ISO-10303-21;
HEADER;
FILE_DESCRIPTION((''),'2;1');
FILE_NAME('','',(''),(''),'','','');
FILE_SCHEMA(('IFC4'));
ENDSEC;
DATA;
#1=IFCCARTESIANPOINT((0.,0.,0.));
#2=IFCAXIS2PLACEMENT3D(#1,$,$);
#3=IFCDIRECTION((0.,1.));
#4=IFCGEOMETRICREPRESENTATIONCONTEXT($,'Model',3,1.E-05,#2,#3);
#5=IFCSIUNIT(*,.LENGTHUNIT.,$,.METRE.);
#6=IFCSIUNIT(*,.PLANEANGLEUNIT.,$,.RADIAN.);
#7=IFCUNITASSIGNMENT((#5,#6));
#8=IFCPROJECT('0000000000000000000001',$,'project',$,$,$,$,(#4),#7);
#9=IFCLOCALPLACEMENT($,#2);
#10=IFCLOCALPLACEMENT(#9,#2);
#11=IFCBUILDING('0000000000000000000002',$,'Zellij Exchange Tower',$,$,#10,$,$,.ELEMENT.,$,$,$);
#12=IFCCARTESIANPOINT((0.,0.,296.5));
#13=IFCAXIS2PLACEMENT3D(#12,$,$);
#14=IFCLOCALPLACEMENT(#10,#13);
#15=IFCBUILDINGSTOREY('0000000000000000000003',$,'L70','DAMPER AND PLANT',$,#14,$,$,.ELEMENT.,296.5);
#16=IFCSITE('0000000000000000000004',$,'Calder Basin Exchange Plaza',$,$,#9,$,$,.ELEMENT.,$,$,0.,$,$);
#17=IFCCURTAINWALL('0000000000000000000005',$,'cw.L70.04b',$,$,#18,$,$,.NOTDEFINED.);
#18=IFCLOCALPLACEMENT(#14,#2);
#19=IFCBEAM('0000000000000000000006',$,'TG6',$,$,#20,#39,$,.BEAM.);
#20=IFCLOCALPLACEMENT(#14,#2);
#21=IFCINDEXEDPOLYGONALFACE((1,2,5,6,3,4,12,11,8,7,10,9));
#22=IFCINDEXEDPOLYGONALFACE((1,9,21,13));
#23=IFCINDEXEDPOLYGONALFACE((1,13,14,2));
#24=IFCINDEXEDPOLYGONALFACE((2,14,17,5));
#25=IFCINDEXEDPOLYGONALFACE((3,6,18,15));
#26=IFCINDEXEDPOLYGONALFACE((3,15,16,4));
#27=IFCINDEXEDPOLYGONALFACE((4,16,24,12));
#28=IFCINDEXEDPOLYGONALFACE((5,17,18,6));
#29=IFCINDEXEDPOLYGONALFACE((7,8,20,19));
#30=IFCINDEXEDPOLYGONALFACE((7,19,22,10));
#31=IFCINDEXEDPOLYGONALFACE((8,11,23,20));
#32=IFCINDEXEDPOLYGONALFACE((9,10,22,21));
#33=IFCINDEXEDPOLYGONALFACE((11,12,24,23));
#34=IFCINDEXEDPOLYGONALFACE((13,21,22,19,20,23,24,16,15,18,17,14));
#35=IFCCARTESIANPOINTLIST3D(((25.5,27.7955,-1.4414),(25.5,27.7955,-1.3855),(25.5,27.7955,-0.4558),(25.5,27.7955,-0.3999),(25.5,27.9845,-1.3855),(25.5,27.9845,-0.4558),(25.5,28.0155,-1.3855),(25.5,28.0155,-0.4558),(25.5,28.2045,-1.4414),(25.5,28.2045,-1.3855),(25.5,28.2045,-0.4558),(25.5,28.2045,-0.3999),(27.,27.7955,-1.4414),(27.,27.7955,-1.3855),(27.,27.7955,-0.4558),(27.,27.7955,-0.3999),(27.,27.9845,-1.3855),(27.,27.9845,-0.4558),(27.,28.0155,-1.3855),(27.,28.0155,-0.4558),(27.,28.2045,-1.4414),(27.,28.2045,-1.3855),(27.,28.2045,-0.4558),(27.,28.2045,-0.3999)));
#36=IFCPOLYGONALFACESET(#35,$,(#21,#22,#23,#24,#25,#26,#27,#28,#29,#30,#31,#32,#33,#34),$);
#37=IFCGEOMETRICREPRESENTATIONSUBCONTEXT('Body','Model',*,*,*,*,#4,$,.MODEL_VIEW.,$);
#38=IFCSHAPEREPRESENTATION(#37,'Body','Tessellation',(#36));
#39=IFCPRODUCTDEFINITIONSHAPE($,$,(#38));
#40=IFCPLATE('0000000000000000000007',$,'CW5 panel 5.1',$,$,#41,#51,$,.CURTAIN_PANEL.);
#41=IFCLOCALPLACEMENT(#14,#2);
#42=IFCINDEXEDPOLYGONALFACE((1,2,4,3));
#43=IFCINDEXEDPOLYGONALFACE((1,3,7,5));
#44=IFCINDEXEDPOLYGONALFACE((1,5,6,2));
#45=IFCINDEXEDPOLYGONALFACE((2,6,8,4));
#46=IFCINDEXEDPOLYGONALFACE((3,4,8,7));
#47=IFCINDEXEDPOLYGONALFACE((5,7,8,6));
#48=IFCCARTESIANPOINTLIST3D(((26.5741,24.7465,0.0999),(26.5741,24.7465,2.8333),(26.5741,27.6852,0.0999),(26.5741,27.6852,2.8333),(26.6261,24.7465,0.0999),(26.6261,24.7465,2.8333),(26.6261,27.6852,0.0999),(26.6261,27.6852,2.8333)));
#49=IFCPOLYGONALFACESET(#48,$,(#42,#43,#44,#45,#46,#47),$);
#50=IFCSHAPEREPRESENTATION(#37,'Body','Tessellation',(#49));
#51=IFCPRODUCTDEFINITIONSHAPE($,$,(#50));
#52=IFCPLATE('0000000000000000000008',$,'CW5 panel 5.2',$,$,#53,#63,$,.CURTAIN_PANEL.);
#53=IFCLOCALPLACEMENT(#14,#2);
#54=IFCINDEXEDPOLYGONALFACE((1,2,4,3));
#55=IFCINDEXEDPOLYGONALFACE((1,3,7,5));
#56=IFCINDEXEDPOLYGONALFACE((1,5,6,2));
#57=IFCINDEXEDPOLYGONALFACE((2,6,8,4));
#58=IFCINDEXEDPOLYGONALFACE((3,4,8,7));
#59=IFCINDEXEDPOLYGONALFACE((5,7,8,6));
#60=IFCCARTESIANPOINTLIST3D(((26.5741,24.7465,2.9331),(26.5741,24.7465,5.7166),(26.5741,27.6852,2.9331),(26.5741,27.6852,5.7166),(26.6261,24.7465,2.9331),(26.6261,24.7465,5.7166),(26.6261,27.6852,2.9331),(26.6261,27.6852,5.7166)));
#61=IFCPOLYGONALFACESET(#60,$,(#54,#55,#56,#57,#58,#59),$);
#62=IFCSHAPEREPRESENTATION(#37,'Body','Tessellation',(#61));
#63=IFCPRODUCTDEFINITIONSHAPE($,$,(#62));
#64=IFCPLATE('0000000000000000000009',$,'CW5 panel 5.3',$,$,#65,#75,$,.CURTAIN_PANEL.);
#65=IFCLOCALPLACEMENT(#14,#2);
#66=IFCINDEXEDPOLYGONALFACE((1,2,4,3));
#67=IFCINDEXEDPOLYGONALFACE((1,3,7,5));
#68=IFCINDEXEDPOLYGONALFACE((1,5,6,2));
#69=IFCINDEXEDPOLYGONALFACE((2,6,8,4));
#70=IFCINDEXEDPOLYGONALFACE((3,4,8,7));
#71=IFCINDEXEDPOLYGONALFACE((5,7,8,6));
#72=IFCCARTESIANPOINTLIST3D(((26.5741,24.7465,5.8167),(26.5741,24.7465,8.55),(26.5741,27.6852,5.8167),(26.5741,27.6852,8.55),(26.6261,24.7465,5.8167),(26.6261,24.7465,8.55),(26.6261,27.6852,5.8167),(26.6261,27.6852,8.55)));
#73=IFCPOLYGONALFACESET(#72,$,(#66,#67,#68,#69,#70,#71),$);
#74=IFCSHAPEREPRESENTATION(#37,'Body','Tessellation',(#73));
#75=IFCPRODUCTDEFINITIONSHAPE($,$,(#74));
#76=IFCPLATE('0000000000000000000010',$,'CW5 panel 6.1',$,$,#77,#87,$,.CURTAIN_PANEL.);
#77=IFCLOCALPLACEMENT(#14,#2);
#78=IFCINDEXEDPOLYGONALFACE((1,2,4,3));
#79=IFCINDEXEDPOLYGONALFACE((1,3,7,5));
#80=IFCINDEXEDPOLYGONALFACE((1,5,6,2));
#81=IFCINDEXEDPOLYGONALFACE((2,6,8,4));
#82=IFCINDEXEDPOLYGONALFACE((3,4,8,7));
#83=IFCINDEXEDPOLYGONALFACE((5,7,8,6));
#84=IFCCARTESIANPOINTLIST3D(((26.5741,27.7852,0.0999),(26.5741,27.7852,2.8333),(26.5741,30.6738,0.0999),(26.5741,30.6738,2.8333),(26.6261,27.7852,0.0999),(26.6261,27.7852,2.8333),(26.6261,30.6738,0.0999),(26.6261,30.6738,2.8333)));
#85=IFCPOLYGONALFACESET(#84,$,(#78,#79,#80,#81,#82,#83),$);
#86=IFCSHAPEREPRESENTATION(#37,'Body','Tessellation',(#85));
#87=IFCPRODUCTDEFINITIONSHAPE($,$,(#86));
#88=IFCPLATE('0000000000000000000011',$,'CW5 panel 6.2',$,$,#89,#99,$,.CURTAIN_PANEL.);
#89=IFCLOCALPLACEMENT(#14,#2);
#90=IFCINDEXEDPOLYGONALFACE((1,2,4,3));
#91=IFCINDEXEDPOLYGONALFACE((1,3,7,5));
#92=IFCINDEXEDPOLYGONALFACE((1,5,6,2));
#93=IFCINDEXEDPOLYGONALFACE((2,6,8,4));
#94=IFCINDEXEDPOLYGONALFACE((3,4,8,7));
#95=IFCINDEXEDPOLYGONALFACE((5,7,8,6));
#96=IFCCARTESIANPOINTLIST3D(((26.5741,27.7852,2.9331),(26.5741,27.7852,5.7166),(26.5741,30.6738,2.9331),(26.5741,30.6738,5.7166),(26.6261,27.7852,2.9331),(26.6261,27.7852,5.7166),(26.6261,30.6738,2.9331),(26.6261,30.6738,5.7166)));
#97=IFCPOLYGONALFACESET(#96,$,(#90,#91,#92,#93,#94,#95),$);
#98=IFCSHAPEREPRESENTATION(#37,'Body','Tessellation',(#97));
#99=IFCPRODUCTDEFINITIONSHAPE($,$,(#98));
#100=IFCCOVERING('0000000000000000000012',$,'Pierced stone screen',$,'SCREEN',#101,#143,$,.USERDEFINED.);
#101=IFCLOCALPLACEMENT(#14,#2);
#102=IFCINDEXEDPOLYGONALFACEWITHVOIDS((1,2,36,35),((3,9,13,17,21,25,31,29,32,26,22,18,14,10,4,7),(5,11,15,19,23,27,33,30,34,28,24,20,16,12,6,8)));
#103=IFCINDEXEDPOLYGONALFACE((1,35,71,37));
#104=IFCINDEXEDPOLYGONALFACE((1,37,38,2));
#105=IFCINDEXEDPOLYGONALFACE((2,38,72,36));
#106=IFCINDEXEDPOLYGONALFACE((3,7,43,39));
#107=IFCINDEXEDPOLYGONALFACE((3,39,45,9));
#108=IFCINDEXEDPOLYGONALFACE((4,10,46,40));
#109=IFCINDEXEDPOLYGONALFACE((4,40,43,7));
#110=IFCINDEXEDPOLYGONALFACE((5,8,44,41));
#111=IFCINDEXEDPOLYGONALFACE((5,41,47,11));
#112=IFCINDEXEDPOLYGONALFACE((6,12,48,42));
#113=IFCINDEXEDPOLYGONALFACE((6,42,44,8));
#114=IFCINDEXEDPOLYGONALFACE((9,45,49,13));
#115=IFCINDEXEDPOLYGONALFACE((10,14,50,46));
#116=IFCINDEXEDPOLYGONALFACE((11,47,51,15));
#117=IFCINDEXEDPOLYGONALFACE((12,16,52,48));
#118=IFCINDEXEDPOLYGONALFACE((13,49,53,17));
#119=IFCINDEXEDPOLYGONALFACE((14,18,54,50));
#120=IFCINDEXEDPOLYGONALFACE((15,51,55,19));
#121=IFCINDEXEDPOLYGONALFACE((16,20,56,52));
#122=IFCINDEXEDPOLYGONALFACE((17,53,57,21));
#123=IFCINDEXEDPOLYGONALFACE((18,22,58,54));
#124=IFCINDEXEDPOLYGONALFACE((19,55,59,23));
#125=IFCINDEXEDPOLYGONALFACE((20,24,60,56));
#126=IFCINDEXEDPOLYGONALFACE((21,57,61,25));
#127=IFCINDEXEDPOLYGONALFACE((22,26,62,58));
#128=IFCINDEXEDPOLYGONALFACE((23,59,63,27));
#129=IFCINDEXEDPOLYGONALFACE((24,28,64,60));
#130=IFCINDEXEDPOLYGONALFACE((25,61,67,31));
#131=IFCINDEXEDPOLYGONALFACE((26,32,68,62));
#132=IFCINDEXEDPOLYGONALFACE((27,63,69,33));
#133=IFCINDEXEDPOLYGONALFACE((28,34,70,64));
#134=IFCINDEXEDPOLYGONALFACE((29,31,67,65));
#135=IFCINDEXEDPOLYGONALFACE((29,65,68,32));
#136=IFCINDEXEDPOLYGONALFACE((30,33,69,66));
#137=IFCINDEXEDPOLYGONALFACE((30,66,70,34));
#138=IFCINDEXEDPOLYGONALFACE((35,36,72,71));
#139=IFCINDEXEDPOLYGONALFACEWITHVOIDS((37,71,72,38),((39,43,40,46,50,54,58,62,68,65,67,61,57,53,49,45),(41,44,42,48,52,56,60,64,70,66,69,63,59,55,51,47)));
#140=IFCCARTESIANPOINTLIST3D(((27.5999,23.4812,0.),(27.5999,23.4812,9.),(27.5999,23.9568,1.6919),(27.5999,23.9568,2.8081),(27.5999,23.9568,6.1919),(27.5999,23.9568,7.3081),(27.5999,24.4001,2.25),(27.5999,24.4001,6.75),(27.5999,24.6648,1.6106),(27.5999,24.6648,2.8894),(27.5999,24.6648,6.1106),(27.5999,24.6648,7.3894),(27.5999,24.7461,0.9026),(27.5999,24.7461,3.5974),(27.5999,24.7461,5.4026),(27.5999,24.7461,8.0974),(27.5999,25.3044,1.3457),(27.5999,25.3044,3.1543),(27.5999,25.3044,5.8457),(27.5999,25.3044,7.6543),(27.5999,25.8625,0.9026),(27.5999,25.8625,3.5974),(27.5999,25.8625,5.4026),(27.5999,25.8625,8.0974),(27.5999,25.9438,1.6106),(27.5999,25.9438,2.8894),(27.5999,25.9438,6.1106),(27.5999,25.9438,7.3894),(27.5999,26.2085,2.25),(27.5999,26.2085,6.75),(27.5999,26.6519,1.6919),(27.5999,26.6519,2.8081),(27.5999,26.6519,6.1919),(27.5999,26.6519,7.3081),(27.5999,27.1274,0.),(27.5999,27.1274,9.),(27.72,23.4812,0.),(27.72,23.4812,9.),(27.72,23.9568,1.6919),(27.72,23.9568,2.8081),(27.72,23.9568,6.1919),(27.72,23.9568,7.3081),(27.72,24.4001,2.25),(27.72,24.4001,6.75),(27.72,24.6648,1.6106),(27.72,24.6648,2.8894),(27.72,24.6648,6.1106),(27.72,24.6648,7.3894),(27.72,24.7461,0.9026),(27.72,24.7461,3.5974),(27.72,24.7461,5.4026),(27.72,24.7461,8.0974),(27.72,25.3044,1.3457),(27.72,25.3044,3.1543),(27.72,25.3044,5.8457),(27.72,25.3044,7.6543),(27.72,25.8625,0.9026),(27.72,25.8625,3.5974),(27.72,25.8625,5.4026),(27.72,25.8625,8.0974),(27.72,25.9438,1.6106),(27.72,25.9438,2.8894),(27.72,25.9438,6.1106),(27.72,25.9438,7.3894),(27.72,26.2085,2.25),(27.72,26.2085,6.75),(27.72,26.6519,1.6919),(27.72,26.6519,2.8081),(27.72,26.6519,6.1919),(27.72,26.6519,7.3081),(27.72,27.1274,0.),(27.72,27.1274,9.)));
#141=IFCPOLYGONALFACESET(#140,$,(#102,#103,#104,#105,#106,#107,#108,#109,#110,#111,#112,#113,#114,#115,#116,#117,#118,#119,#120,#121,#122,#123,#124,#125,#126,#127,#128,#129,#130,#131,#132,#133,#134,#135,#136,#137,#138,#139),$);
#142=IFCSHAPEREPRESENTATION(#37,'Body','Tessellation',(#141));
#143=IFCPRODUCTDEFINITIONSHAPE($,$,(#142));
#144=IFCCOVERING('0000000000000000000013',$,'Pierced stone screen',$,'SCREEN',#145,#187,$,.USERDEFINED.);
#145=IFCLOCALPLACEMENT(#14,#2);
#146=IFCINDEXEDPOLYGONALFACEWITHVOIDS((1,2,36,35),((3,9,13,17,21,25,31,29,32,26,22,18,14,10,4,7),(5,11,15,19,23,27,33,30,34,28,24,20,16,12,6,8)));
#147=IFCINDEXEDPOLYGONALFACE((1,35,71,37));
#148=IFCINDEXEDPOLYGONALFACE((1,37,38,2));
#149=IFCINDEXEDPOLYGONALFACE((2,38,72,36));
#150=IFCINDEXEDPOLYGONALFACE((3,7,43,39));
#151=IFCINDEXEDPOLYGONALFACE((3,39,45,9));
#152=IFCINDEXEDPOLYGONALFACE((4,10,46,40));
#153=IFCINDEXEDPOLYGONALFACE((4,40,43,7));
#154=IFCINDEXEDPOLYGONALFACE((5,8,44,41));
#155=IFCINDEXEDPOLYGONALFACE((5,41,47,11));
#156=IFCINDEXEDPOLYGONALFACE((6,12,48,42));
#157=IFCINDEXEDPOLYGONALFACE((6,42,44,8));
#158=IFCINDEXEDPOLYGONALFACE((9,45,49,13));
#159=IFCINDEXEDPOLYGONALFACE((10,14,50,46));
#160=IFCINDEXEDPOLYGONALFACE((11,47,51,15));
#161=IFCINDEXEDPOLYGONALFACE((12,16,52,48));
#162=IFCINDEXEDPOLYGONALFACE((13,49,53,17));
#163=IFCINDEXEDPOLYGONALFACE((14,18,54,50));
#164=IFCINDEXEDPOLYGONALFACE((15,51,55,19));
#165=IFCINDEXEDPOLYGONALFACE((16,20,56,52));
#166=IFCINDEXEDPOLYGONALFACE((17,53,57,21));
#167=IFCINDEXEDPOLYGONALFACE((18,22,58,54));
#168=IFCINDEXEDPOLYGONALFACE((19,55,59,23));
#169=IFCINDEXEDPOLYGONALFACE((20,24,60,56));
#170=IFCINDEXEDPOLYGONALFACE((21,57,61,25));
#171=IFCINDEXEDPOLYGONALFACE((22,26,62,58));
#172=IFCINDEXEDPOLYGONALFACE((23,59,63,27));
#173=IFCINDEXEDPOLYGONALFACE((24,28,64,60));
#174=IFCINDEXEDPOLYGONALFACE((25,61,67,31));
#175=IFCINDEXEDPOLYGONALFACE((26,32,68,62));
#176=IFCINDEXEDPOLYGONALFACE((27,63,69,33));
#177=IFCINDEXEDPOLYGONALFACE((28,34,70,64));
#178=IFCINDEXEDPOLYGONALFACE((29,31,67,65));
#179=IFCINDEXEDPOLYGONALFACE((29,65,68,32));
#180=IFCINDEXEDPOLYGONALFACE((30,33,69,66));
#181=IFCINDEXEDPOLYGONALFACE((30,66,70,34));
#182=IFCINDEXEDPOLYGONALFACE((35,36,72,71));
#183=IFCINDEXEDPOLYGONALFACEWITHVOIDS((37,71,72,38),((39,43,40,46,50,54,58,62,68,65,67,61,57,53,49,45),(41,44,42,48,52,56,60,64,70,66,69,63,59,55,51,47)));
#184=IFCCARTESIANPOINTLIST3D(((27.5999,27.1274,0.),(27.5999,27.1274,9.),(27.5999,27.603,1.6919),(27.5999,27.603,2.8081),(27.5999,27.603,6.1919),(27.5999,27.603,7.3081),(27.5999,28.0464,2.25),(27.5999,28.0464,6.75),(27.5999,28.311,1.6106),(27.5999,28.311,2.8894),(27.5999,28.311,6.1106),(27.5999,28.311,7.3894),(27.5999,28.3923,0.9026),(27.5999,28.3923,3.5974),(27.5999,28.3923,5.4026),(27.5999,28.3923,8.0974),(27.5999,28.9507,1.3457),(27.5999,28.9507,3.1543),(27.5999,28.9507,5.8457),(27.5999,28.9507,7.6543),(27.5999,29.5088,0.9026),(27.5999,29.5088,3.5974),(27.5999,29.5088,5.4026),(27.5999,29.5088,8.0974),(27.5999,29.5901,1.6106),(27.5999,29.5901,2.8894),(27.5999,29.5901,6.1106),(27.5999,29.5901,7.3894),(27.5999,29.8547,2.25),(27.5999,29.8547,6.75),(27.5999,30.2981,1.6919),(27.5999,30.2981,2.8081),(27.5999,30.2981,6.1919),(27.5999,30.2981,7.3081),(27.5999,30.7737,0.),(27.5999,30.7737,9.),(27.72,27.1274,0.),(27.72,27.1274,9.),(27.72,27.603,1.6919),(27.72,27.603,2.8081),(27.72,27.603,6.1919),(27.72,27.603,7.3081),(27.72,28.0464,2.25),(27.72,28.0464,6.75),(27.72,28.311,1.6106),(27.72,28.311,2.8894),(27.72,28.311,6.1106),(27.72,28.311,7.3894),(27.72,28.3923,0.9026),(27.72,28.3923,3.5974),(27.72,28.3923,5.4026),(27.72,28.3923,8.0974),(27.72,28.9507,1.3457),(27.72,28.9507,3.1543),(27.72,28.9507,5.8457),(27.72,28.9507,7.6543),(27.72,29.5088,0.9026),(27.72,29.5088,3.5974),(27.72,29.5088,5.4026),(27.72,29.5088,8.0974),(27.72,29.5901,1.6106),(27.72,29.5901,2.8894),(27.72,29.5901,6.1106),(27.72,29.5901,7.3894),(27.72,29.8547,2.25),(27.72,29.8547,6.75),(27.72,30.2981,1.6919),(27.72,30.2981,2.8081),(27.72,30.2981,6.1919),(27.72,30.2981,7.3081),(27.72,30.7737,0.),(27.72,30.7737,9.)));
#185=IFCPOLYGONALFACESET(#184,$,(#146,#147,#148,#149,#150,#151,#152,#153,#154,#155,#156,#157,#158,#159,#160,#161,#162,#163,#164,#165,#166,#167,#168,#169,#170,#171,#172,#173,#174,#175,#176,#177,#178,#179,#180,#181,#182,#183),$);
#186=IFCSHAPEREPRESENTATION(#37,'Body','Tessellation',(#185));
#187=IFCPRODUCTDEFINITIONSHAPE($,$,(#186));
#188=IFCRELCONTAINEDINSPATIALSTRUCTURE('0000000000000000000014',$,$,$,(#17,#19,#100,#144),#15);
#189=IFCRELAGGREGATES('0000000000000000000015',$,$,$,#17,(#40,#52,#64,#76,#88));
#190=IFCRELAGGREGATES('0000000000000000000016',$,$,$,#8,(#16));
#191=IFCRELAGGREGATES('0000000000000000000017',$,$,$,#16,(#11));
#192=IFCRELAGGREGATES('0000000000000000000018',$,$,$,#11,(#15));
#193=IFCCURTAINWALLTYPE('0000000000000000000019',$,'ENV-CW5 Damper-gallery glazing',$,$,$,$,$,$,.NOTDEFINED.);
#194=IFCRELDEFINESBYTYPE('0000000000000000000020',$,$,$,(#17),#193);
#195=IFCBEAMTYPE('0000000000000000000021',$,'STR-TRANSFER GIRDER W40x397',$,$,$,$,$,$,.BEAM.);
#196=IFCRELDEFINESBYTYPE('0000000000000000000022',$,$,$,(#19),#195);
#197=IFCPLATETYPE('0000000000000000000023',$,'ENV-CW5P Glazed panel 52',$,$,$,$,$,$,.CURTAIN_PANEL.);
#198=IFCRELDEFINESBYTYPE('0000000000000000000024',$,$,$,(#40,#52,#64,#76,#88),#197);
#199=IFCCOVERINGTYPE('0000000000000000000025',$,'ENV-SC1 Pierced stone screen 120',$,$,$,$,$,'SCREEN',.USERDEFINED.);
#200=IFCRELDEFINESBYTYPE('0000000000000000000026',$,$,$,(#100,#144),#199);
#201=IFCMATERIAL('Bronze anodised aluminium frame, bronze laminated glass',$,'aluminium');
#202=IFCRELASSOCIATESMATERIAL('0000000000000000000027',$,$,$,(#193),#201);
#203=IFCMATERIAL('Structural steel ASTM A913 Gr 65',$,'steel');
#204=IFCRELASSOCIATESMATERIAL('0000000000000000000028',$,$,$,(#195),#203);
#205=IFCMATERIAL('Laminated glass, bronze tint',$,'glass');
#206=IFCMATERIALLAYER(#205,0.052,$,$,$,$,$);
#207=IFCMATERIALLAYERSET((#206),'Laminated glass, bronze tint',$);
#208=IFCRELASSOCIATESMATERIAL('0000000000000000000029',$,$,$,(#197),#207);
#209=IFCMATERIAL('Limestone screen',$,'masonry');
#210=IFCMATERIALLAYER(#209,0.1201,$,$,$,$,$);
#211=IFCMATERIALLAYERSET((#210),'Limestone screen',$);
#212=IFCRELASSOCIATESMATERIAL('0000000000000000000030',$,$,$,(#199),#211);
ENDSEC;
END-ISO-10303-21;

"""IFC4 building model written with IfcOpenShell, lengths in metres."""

from ifc_helpers import new_model, si_unit, direction, frame, origin, origin_2d, place, context, subcontext, project, spatial, polyline, rectangle, i_section, outline, extrude, material, layer, layer_set, material_profile, profile_set, type_object, element, aggregate, save


model = new_model("IFC4")

# Units and contexts
model_context = context("Model", 3, precision=1e-05, world=origin(), true_north=direction((0.0, 1.0)))
body_context = subcontext(model_context, "Body", "Model", "MODEL_VIEW")
ifc_project = project(units=[si_unit("LENGTHUNIT", "METRE"), si_unit("PLANEANGLEUNIT", "RADIAN")], contexts=[model_context])

# Site, building, storey
site_placement = place(None, origin())
site = spatial("IfcSite", under=ifc_project, at=site_placement, Name="Calder Basin Exchange Plaza", CompositionType="ELEMENT", RefElevation=0.0)
building_placement = place(site_placement, origin())
building = spatial("IfcBuilding", under=site, at=building_placement, Name="Zellij Exchange Tower", CompositionType="ELEMENT")
storey_placement = place(building_placement, frame((0.0, 0.0, 296.5)))
storey = spatial("IfcBuildingStorey", under=building, at=storey_placement, Name="L70", Description="DAMPER AND PLANT", CompositionType="ELEMENT", Elevation=296.5)

# Curtain wall
ifc_material_1 = material(Name="Bronze anodised aluminium frame, bronze laminated glass", Category="aluminium")
curtain_wall_type = type_object("IfcCurtainWallType", Name="ENV-CW5 Damper-gallery glazing", PredefinedType="NOTDEFINED", material=ifc_material_1)
curtain_wall_placement = place(storey_placement, origin())
curtain_wall = element("IfcCurtainWall", 1, at=curtain_wall_placement, inside=storey, type_object=curtain_wall_type, Name="cw.L70.04b", PredefinedType="NOTDEFINED")

# Beam
ifc_material_2 = material(Name="Structural steel ASTM A913 Gr 65", Category="steel")
ifc_material_profile_1 = material_profile(ifc_material_2, i_section(OverallWidth=0.4089, OverallDepth=1.0415, WebThickness=0.031, FlangeThickness=0.0559, at=origin_2d()), Name="W40x397")
ifc_profile_set_1 = profile_set([ifc_material_profile_1], Name="Structural steel ASTM A913 Gr 65")
beam_type_1 = type_object("IfcBeamType", Name="STR-TRANSFER GIRDER W40x397", PredefinedType="BEAM", material=ifc_profile_set_1)
beam_1_placement = place(storey_placement, frame((25.5, 28.0, -0.9207), z_axis=(1.0, 0.0, 0.0), x_axis=(0.0, 1.0, 0.0)))
element("IfcBeam", 2, at=beam_1_placement, inside=storey, type_object=beam_type_1, Name="TG6", PredefinedType="BEAM", context=body_context, shape_type="SweptSolid", body=[
    extrude(i_section(OverallWidth=0.4089, OverallDepth=1.0415, WebThickness=0.031, FlangeThickness=0.0559, at=origin_2d()), origin(), (0.0, 0.0, 1.0), 1.5),
])

# Plates
ifc_material_3 = material(Name="Laminated glass, bronze tint", Category="glass")
ifc_layer_1 = layer(ifc_material_3, 0.052)
ifc_layer_set_1 = layer_set([ifc_layer_1], Name="Laminated glass, bronze tint")
plate_type = type_object("IfcPlateType", Name="ENV-CW5P Glazed panel 52", PredefinedType="CURTAIN_PANEL", material=ifc_layer_set_1)
plate_1_placement = place(storey_placement, frame((26.6001, 26.2158, 0.0999), z_axis=(0.0, 0.0, 1.0), x_axis=(0.0, 1.0, 0.0)))
plate_1 = element("IfcPlate", 3, at=plate_1_placement, type_object=plate_type, Name="CW5 panel 5.1", PredefinedType="CURTAIN_PANEL", context=body_context, shape_type="SweptSolid", body=[
    extrude(rectangle(XDim=2.9387, YDim=0.052, at=origin_2d()), origin(), (0.0, 0.0, 1.0), 2.7334),
])
plate_2_placement = place(storey_placement, frame((26.6001, 26.2158, 2.9331), z_axis=(0.0, 0.0, 1.0), x_axis=(0.0, 1.0, 0.0)))
plate_2 = element("IfcPlate", 4, at=plate_2_placement, type_object=plate_type, Name="CW5 panel 5.2", PredefinedType="CURTAIN_PANEL", context=body_context, shape_type="SweptSolid", body=[
    extrude(rectangle(XDim=2.9387, YDim=0.052, at=origin_2d()), origin(), (0.0, 0.0, 1.0), 2.7834),
])
plate_3_placement = place(storey_placement, frame((26.6001, 26.2158, 5.8167), z_axis=(0.0, 0.0, 1.0), x_axis=(0.0, 1.0, 0.0)))
plate_3 = element("IfcPlate", 5, at=plate_3_placement, type_object=plate_type, Name="CW5 panel 5.3", PredefinedType="CURTAIN_PANEL", context=body_context, shape_type="SweptSolid", body=[
    extrude(rectangle(XDim=2.9387, YDim=0.052, at=origin_2d()), origin(), (0.0, 0.0, 1.0), 2.7334),
])
plate_4_placement = place(storey_placement, frame((26.6001, 29.2295, 0.0999), z_axis=(0.0, 0.0, 1.0), x_axis=(0.0, 1.0, 0.0)))
plate_4 = element("IfcPlate", 6, at=plate_4_placement, type_object=plate_type, Name="CW5 panel 6.1", PredefinedType="CURTAIN_PANEL", context=body_context, shape_type="SweptSolid", body=[
    extrude(rectangle(XDim=2.8887, YDim=0.052, at=origin_2d()), origin(), (0.0, 0.0, 1.0), 2.7334),
])
plate_5_placement = place(storey_placement, frame((26.6001, 29.2295, 2.9331), z_axis=(0.0, 0.0, 1.0), x_axis=(0.0, 1.0, 0.0)))
plate_5 = element("IfcPlate", 7, at=plate_5_placement, type_object=plate_type, Name="CW5 panel 6.2", PredefinedType="CURTAIN_PANEL", context=body_context, shape_type="SweptSolid", body=[
    extrude(rectangle(XDim=2.8887, YDim=0.052, at=origin_2d()), origin(), (0.0, 0.0, 1.0), 2.7834),
])
aggregate(curtain_wall, [plate_1, plate_2, plate_3, plate_4, plate_5])

# Coverings
ifc_material_4 = material(Name="Limestone screen", Category="masonry")
ifc_layer_2 = layer(ifc_material_4, 0.1201)
ifc_layer_set_2 = layer_set([ifc_layer_2], Name="Limestone screen")
covering_type = type_object("IfcCoveringType", Name="ENV-SC1 Pierced stone screen 120", ElementType="SCREEN", PredefinedType="USERDEFINED", material=ifc_layer_set_2)
for number, where, z_axis, x_axis, name in (
    (8, (27.6599, 23.4812, 0.0), (0.0, 0.0, 1.0), (0.0, 1.0, 0.0), "Pierced stone screen"),
    (9, (27.6599, 27.1274, 0.0), (0.0, 0.0, 1.0), (0.0, 1.0, 0.0), "Pierced stone screen"),
):
    element("IfcCovering", number, at=place(storey_placement, frame(where, z_axis=z_axis, x_axis=x_axis)), inside=storey, type_object=covering_type, Name=name, ObjectType="SCREEN", PredefinedType="USERDEFINED", context=body_context, shape_type="SweptSolid", body=[
        extrude(outline(polyline([(0.0, 0.0), (3.6462, 0.0), (3.6462, 9.0), (0.0, 9.0), (0.0, 0.0)]), holes=[polyline([(3.1707, 2.8081), (2.4626, 2.8894), (2.3813, 3.5974), (1.8232, 3.1543), (1.2649, 3.5974), (1.1836, 2.8894), (0.4756, 2.8081), (0.9189, 2.25), (0.4756, 1.6919), (1.1836, 1.6106), (1.2649, 0.9026), (1.8232, 1.3457), (2.3813, 0.9026), (2.4626, 1.6106), (3.1707, 1.6919), (2.7273, 2.25), (3.1707, 2.8081)]), polyline([(3.1707, 7.3081), (2.4626, 7.3894), (2.3813, 8.0974), (1.8232, 7.6543), (1.2649, 8.0974), (1.1836, 7.3894), (0.4756, 7.3081), (0.9189, 6.75), (0.4756, 6.1919), (1.1836, 6.1106), (1.2649, 5.4026), (1.8232, 5.8457), (2.3813, 5.4026), (2.4626, 6.1106), (3.1707, 6.1919), (2.7273, 6.75), (3.1707, 7.3081)])]), frame((0.0, 0.0601, 0.0), z_axis=(0.0, -1.0, 0.0), x_axis=(1.0, 0.0, 0.0)), (0.0, 0.0, 1.0), 0.1201),
    ])

save(model, "model.ifc")
